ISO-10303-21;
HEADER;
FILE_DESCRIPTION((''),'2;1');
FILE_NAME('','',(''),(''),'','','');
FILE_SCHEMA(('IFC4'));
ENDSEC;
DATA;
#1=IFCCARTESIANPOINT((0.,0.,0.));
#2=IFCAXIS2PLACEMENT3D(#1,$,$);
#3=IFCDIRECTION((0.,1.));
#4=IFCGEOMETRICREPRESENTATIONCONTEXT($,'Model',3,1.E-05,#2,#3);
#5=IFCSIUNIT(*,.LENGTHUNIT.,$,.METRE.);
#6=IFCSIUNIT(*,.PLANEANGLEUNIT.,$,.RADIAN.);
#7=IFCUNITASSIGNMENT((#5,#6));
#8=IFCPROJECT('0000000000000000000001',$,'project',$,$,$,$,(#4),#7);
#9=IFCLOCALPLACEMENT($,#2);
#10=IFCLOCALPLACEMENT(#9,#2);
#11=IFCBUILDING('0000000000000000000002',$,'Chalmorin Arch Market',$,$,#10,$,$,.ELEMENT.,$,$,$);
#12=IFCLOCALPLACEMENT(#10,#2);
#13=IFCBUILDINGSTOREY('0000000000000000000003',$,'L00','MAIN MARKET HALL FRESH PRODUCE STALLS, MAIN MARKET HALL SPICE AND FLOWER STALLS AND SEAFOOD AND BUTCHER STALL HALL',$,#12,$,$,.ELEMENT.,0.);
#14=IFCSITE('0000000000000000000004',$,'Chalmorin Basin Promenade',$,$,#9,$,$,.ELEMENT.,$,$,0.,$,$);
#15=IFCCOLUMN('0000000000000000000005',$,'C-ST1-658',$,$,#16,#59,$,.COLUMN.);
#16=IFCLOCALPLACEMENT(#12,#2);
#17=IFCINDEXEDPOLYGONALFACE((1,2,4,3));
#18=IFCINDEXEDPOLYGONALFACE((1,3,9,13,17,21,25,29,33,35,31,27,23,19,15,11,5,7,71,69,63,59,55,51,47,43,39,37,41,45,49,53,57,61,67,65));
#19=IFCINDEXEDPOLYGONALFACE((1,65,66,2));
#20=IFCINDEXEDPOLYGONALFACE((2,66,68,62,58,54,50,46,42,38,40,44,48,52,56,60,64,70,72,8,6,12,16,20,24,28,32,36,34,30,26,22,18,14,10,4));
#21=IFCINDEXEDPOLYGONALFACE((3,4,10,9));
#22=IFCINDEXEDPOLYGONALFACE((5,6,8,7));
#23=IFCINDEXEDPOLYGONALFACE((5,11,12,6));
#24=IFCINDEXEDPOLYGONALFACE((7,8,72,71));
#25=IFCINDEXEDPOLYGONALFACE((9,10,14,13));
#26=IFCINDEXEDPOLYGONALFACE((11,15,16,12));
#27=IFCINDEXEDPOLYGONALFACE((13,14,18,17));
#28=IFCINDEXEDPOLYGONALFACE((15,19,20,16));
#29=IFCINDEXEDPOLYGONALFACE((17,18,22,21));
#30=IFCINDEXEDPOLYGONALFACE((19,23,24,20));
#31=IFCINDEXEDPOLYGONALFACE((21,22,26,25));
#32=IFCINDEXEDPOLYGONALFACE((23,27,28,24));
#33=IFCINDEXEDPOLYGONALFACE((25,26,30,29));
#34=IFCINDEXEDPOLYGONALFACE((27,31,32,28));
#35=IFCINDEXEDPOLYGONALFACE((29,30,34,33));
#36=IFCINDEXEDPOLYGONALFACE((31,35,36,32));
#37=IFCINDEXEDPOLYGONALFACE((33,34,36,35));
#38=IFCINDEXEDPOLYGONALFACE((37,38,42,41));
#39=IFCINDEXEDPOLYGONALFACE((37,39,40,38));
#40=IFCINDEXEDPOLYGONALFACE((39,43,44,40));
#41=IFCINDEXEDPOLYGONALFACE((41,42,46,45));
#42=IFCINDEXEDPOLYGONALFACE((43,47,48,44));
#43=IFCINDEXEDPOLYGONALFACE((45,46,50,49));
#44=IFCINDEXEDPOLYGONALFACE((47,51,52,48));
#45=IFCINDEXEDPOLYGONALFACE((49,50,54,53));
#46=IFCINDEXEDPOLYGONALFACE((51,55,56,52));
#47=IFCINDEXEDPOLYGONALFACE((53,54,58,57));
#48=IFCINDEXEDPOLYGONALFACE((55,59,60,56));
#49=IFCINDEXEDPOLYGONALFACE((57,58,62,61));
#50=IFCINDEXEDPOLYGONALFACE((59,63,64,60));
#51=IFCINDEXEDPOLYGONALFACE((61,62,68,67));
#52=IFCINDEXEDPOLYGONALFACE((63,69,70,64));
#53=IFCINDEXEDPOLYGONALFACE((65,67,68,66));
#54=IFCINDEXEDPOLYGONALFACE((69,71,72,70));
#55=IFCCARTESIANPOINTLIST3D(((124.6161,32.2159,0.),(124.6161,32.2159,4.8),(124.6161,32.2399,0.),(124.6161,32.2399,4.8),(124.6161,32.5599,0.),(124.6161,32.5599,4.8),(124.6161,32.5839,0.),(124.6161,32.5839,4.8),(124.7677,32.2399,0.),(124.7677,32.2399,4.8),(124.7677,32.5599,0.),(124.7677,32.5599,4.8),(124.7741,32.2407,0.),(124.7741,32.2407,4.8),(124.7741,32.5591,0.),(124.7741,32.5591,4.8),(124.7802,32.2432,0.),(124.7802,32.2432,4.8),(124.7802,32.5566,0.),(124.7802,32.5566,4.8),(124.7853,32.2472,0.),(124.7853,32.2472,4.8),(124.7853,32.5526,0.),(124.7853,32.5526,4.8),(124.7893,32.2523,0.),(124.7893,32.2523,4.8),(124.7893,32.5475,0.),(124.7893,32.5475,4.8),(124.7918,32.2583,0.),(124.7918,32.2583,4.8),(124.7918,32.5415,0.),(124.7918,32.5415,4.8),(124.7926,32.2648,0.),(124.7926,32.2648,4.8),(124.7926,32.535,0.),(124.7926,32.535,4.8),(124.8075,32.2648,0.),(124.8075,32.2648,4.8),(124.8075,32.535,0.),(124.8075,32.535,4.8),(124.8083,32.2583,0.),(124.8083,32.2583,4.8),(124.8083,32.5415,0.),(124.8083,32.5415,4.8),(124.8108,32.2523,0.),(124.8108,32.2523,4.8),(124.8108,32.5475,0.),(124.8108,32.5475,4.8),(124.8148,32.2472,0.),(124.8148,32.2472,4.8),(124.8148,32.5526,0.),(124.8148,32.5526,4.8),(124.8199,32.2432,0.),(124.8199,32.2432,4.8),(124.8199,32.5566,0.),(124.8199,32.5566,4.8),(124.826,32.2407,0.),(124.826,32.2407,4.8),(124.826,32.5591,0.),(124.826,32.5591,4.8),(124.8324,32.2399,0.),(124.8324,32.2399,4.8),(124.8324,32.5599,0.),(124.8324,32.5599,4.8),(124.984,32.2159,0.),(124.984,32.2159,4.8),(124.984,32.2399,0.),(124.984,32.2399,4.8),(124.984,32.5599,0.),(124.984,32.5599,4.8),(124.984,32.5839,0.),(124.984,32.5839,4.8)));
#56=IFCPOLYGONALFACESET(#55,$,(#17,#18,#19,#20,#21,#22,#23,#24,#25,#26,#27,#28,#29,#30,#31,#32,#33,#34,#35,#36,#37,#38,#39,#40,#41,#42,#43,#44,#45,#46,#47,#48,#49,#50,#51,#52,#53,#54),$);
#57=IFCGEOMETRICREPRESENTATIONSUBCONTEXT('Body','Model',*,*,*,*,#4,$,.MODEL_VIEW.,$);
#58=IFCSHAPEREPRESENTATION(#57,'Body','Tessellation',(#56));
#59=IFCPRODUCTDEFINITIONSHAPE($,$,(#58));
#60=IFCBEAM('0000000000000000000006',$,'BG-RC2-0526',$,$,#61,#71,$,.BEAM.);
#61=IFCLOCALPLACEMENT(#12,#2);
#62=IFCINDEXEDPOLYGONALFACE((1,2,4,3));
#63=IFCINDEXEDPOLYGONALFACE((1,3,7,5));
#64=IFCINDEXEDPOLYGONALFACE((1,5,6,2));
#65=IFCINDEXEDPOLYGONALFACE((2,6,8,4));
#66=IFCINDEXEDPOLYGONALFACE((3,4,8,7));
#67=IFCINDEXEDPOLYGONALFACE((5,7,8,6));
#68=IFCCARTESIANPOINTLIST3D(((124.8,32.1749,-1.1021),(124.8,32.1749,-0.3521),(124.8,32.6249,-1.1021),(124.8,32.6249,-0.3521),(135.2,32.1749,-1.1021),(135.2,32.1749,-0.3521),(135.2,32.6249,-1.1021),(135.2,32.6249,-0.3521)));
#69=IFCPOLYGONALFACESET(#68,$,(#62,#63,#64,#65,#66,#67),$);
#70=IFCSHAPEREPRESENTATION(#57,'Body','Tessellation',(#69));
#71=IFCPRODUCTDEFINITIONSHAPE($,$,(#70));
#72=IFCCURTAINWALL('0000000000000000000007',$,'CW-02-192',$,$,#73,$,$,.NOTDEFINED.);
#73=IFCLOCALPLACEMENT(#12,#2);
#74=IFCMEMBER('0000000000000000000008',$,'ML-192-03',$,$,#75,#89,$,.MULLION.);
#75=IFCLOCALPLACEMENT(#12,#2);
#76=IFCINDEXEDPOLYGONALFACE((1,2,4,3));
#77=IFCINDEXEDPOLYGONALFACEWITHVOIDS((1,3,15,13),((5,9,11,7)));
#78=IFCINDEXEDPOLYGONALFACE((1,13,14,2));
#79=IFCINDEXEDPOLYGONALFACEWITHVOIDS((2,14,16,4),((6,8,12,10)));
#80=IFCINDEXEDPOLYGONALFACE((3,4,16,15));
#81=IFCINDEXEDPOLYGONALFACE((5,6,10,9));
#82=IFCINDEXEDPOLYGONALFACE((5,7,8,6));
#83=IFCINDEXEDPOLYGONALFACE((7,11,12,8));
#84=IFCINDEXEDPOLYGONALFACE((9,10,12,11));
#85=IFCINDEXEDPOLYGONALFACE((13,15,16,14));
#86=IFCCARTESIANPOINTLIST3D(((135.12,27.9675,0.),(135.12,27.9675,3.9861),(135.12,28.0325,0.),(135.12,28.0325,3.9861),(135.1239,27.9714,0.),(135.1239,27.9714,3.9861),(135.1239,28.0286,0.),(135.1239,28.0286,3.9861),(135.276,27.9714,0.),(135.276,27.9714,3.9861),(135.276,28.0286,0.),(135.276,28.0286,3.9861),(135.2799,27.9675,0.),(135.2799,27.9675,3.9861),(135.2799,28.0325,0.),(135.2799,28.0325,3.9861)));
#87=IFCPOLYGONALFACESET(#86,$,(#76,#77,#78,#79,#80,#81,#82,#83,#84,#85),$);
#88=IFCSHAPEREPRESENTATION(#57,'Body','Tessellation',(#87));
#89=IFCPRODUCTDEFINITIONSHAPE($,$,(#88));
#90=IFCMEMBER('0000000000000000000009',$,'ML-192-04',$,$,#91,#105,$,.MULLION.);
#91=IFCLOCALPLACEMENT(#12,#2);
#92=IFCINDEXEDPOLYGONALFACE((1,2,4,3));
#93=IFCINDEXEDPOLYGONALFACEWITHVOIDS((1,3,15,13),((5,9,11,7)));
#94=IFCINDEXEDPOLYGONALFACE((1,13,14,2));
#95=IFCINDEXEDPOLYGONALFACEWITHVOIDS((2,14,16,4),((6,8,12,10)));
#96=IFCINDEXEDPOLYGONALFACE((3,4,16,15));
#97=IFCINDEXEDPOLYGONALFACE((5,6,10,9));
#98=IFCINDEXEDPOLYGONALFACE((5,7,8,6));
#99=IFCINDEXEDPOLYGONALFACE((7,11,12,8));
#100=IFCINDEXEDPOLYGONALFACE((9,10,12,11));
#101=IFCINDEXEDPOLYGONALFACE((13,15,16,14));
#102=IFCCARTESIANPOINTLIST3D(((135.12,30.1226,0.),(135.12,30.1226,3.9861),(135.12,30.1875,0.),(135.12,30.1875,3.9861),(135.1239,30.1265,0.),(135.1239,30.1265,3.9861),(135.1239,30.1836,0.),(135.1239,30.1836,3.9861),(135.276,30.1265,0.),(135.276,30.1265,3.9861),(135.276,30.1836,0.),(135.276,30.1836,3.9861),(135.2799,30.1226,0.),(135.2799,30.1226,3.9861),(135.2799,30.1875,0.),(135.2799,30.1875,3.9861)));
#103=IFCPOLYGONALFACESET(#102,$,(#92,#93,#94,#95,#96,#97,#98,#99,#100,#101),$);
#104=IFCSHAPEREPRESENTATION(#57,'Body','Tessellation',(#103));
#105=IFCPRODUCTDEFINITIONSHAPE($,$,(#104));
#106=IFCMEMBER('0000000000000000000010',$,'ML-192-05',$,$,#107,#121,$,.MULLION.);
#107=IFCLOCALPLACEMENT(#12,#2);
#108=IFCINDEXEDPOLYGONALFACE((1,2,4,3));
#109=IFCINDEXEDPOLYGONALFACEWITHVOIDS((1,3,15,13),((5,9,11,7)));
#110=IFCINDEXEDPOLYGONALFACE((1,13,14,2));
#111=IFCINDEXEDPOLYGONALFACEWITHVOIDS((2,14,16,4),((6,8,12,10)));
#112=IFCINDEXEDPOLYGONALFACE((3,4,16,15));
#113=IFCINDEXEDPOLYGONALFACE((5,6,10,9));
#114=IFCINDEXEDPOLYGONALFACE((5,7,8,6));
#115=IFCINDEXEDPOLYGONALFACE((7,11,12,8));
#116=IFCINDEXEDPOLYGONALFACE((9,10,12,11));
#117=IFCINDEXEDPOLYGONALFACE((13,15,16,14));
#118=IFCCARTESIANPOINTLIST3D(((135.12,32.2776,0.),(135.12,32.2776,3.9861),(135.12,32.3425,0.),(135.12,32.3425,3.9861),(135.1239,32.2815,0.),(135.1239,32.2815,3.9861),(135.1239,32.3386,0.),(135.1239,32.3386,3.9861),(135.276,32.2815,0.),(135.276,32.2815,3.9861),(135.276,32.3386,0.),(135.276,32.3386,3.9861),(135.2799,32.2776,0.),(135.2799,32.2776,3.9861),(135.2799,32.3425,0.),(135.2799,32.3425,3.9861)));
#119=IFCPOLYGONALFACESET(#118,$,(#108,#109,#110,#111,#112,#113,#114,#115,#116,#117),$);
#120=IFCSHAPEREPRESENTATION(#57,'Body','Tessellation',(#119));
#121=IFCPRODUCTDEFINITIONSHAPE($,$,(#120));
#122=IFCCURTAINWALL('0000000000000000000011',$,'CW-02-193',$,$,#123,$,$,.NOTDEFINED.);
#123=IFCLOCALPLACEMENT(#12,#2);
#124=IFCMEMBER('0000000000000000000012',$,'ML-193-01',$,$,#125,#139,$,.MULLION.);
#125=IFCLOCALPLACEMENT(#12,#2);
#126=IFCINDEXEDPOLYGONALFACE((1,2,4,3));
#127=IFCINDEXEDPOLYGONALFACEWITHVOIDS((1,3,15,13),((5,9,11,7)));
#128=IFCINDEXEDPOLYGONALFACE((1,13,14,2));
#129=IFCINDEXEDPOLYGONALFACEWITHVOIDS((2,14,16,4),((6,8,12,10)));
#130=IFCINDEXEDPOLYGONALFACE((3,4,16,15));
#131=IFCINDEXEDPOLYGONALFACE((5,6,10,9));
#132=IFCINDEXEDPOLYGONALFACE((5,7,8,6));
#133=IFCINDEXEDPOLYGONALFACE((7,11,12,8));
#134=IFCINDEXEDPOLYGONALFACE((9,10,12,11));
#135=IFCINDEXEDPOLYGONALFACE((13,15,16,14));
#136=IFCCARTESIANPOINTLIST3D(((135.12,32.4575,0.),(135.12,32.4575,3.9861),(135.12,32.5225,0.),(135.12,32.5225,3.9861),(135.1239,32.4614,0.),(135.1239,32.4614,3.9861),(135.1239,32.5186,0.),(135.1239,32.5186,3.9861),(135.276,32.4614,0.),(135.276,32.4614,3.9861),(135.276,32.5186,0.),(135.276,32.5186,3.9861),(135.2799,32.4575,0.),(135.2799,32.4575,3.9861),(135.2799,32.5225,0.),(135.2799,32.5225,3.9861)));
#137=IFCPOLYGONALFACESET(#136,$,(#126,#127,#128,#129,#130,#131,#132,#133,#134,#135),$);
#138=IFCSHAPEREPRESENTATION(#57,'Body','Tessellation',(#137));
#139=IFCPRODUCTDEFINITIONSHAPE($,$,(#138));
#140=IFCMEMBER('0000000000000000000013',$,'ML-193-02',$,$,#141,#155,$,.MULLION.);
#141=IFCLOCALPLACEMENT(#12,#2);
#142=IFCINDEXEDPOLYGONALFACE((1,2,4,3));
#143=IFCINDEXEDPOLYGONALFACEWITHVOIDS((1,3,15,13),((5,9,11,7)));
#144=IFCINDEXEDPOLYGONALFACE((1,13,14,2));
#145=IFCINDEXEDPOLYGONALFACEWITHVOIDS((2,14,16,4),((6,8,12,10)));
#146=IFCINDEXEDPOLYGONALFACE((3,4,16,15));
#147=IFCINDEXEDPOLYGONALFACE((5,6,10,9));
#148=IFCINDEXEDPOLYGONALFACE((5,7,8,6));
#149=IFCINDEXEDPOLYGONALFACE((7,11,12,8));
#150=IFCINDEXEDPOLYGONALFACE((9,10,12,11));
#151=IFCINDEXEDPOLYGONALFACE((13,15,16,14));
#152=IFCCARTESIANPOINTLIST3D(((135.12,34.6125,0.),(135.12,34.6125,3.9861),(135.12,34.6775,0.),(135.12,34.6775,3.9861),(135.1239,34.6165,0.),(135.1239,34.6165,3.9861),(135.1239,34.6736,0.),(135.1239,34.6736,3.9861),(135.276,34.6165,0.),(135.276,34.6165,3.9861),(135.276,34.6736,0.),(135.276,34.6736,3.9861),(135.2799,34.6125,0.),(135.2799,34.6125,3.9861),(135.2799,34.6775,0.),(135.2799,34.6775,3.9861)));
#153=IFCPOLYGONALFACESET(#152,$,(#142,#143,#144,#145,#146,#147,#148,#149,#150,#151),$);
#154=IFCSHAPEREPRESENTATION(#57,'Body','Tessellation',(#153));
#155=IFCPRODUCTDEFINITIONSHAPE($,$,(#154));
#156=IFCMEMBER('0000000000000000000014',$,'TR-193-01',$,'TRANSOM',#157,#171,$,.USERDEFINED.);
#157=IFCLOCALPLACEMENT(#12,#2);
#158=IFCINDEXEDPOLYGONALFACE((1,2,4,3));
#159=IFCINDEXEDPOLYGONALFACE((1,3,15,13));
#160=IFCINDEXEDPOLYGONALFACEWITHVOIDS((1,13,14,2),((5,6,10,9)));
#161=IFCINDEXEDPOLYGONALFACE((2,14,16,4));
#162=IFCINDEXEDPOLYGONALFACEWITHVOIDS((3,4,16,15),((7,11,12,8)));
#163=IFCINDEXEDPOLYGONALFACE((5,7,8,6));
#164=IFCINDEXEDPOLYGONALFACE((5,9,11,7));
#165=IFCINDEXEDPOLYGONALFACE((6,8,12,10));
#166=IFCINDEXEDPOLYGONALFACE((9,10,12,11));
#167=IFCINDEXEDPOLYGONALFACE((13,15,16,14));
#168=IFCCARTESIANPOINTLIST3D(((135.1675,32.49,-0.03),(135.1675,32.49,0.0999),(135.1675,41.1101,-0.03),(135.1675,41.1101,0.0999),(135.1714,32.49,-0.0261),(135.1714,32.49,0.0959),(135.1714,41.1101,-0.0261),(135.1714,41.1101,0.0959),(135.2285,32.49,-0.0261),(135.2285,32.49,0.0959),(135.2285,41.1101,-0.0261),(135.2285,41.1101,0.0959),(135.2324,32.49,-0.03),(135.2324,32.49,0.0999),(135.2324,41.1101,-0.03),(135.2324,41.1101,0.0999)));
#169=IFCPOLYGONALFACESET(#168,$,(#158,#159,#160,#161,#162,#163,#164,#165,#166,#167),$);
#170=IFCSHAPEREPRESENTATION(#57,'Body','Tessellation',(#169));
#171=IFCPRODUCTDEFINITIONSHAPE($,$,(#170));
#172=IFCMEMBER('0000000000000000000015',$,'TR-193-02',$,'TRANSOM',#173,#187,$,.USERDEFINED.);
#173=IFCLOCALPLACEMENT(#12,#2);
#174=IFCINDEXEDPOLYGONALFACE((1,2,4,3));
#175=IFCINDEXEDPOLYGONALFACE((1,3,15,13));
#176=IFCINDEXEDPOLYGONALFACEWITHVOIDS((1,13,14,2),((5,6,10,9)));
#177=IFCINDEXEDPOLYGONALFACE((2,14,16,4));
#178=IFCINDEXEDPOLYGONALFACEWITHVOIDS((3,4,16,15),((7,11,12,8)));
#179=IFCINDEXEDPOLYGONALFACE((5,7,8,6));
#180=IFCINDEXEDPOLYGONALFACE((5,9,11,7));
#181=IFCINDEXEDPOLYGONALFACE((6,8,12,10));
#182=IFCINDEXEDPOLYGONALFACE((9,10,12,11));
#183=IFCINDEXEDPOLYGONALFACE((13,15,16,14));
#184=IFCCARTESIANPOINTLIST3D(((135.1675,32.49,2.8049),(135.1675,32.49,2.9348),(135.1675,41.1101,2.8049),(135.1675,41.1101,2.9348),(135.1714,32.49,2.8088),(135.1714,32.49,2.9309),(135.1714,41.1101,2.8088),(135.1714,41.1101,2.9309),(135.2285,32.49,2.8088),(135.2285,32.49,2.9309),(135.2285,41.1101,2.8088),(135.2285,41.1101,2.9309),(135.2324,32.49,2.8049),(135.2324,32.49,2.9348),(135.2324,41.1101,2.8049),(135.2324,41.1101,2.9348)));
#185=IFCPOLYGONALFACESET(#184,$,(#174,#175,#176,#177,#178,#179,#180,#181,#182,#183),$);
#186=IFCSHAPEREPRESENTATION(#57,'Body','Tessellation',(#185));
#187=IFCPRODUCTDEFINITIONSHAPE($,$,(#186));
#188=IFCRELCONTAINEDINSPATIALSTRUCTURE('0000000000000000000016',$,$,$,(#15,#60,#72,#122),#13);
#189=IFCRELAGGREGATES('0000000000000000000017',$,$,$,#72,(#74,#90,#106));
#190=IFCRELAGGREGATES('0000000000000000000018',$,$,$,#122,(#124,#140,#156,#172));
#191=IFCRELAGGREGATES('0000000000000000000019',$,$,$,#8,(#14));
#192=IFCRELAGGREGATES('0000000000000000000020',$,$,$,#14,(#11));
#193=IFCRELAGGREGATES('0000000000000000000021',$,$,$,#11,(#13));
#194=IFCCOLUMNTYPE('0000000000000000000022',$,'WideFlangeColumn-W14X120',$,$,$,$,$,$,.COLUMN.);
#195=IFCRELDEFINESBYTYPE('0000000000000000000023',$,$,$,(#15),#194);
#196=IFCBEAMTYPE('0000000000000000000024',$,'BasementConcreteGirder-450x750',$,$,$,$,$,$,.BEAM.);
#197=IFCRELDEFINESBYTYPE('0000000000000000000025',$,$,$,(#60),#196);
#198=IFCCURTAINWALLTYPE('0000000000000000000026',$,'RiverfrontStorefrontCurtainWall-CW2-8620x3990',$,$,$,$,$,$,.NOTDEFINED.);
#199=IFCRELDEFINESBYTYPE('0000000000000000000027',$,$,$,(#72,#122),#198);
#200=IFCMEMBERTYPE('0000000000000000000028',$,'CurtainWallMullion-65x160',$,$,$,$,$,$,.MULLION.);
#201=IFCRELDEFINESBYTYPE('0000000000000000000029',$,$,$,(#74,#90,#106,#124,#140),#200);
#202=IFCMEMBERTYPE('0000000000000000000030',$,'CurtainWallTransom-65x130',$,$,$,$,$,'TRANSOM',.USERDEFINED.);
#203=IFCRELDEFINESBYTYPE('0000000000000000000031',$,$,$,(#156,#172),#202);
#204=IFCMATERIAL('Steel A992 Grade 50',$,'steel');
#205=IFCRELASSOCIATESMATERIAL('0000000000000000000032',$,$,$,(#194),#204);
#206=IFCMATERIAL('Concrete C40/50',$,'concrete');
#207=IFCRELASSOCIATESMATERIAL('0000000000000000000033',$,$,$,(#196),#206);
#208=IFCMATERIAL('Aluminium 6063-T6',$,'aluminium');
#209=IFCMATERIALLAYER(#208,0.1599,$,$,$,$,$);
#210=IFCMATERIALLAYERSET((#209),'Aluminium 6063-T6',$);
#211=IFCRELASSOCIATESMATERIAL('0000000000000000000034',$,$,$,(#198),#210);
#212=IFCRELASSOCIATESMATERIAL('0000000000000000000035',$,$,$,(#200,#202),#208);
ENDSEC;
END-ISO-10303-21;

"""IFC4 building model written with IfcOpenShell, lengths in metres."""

from ifc_helpers import new_model, si_unit, direction, frame, origin, origin_2d, place, context, subcontext, project, spatial, rectangle, hollow_rectangle, i_section, extrude, material, layer, layer_set, material_profile, profile_set, type_object, element, aggregate, save


model = new_model("IFC4")

# Units and contexts
model_context = context("Model", 3, precision=1e-05, world=origin(), true_north=direction((0.0, 1.0)))
body_context = subcontext(model_context, "Body", "Model", "MODEL_VIEW")
ifc_project = project(units=[si_unit("LENGTHUNIT", "METRE"), si_unit("PLANEANGLEUNIT", "RADIAN")], contexts=[model_context])

# Site, building, storey
site_placement = place(None, origin())
site = spatial("IfcSite", under=ifc_project, at=site_placement, Name="Chalmorin Basin Promenade", CompositionType="ELEMENT", RefElevation=0.0)
building_placement = place(site_placement, origin())
building = spatial("IfcBuilding", under=site, at=building_placement, Name="Chalmorin Arch Market", CompositionType="ELEMENT")
storey_placement = place(building_placement, origin())
storey = spatial("IfcBuildingStorey", under=building, at=storey_placement, Name="L00", Description="MAIN MARKET HALL FRESH PRODUCE STALLS, MAIN MARKET HALL SPICE AND FLOWER STALLS AND SEAFOOD AND BUTCHER STALL HALL", CompositionType="ELEMENT", Elevation=0.0)

# Column
ifc_material_1 = material(Name="Steel A992 Grade 50", Category="steel")
ifc_material_profile_1 = material_profile(ifc_material_1, i_section(OverallWidth=0.3679, OverallDepth=0.3679, WebThickness=0.0149, FlangeThickness=0.0239, FilletRadius=0.0249, at=origin_2d()), Name="W14X120")
ifc_profile_set_1 = profile_set([ifc_material_profile_1], Name="Steel A992 Grade 50")
column_type = type_object("IfcColumnType", Name="WideFlangeColumn-W14X120", PredefinedType="COLUMN", material=ifc_profile_set_1)
column_placement = place(storey_placement, frame((124.8, 32.3999, 0.0), z_axis=(0.0, 0.0, 1.0), x_axis=(1.0, 0.0, 0.0)))
element("IfcColumn", 1, at=column_placement, inside=storey, type_object=column_type, Name="C-ST1-658", PredefinedType="COLUMN", context=body_context, shape_type="SweptSolid", body=[
    extrude(i_section(OverallWidth=0.3679, OverallDepth=0.3679, WebThickness=0.0149, FlangeThickness=0.0239, FilletRadius=0.0249, at=origin_2d()), origin(), (0.0, 0.0, 1.0), 4.8),
])

# Beam
ifc_material_2 = material(Name="Concrete C40/50", Category="concrete")
ifc_material_profile_2 = material_profile(ifc_material_2, rectangle(XDim=0.45, YDim=0.75, at=origin_2d()), Name="RC450X750")
ifc_profile_set_2 = profile_set([ifc_material_profile_2], Name="Concrete C40/50")
beam_type_1 = type_object("IfcBeamType", Name="BasementConcreteGirder-450x750", PredefinedType="BEAM", material=ifc_profile_set_2)
beam_1_placement = place(storey_placement, frame((124.8, 32.3999, -0.7271), z_axis=(1.0, 0.0, 0.0), x_axis=(0.0, 1.0, 0.0)))
element("IfcBeam", 2, at=beam_1_placement, inside=storey, type_object=beam_type_1, Name="BG-RC2-0526", PredefinedType="BEAM", context=body_context, shape_type="SweptSolid", body=[
    extrude(rectangle(XDim=0.45, YDim=0.75, at=origin_2d()), origin(), (0.0, 0.0, 1.0), 10.3999),
])

# Curtain walls, members
ifc_material_3 = material(Name="Aluminium 6063-T6", Category="aluminium")
ifc_layer_1 = layer(ifc_material_3, 0.1599)
ifc_layer_set_1 = layer_set([ifc_layer_1], Name="Aluminium 6063-T6")
curtain_wall_type = type_object("IfcCurtainWallType", Name="RiverfrontStorefrontCurtainWall-CW2-8620x3990", PredefinedType="NOTDEFINED", material=ifc_layer_set_1)
curtain_wall_1_placement = place(storey_placement, origin())
curtain_wall_1 = element("IfcCurtainWall", 3, at=curtain_wall_1_placement, inside=storey, type_object=curtain_wall_type, Name="CW-02-192", PredefinedType="NOTDEFINED")
ifc_material_profile_3 = material_profile(ifc_material_3, hollow_rectangle(XDim=0.0649, YDim=0.1599, WallThickness=0.0039, at=origin_2d()), Name="ALU65X160X4")
ifc_profile_set_3 = profile_set([ifc_material_profile_3], Name="Aluminium 6063-T6")
member_type_1 = type_object("IfcMemberType", Name="CurtainWallMullion-65x160", PredefinedType="MULLION", material=ifc_profile_set_3)
member_1_placement = place(storey_placement, frame((135.2, 28.0, 0.0), z_axis=(0.0, 0.0, 1.0), x_axis=(0.0, 1.0, 0.0)))
member_1 = element("IfcMember", 4, at=member_1_placement, type_object=member_type_1, Name="ML-192-03", PredefinedType="MULLION", context=body_context, shape_type="SweptSolid", body=[
    extrude(hollow_rectangle(XDim=0.0649, YDim=0.1599, WallThickness=0.0039, at=origin_2d()), origin(), (0.0, 0.0, 1.0), 3.9861),
])
member_2_placement = place(storey_placement, frame((135.2, 30.155, 0.0), z_axis=(0.0, 0.0, 1.0), x_axis=(0.0, 1.0, 0.0)))
member_2 = element("IfcMember", 5, at=member_2_placement, type_object=member_type_1, Name="ML-192-04", PredefinedType="MULLION", context=body_context, shape_type="SweptSolid", body=[
    extrude(hollow_rectangle(XDim=0.0649, YDim=0.1599, WallThickness=0.0039, at=origin_2d()), origin(), (0.0, 0.0, 1.0), 3.9861),
])
member_3_placement = place(storey_placement, frame((135.2, 32.3101, 0.0), z_axis=(0.0, 0.0, 1.0), x_axis=(0.0, 1.0, 0.0)))
member_3 = element("IfcMember", 6, at=member_3_placement, type_object=member_type_1, Name="ML-192-05", PredefinedType="MULLION", context=body_context, shape_type="SweptSolid", body=[
    extrude(hollow_rectangle(XDim=0.0649, YDim=0.1599, WallThickness=0.0039, at=origin_2d()), origin(), (0.0, 0.0, 1.0), 3.9861),
])
curtain_wall_2_placement = place(storey_placement, origin())
curtain_wall_2 = element("IfcCurtainWall", 7, at=curtain_wall_2_placement, inside=storey, type_object=curtain_wall_type, Name="CW-02-193", PredefinedType="NOTDEFINED")
member_4_placement = place(storey_placement, frame((135.2, 32.49, 0.0), z_axis=(0.0, 0.0, 1.0), x_axis=(0.0, 1.0, 0.0)))
member_4 = element("IfcMember", 8, at=member_4_placement, type_object=member_type_1, Name="ML-193-01", PredefinedType="MULLION", context=body_context, shape_type="SweptSolid", body=[
    extrude(hollow_rectangle(XDim=0.0649, YDim=0.1599, WallThickness=0.0039, at=origin_2d()), origin(), (0.0, 0.0, 1.0), 3.9861),
])
member_5_placement = place(storey_placement, frame((135.2, 34.645, 0.0), z_axis=(0.0, 0.0, 1.0), x_axis=(0.0, 1.0, 0.0)))
member_5 = element("IfcMember", 9, at=member_5_placement, type_object=member_type_1, Name="ML-193-02", PredefinedType="MULLION", context=body_context, shape_type="SweptSolid", body=[
    extrude(hollow_rectangle(XDim=0.0649, YDim=0.1599, WallThickness=0.0039, at=origin_2d()), origin(), (0.0, 0.0, 1.0), 3.9861),
])
ifc_material_profile_4 = material_profile(ifc_material_3, hollow_rectangle(XDim=0.0649, YDim=0.1299, WallThickness=0.0039, at=origin_2d()), Name="ALU65X130X4")
ifc_profile_set_4 = profile_set([ifc_material_profile_4], Name="Aluminium 6063-T6")
member_type_2 = type_object("IfcMemberType", Name="CurtainWallTransom-65x130", ElementType="TRANSOM", PredefinedType="USERDEFINED", material=ifc_profile_set_4)
member_6_placement = place(storey_placement, frame((135.2, 32.49, 0.0349), z_axis=(0.0, 1.0, 0.0), x_axis=(-1.0, 0.0, 0.0)))
member_6 = element("IfcMember", 10, at=member_6_placement, type_object=member_type_2, Name="TR-193-01", ObjectType="TRANSOM", PredefinedType="USERDEFINED", context=body_context, shape_type="SweptSolid", body=[
    extrude(hollow_rectangle(XDim=0.0649, YDim=0.1299, WallThickness=0.0039, at=origin_2d()), origin(), (0.0, 0.0, 1.0), 8.6201),
])
member_7_placement = place(storey_placement, frame((135.2, 32.49, 2.8699), z_axis=(0.0, 1.0, 0.0), x_axis=(-1.0, 0.0, 0.0)))
member_7 = element("IfcMember", 11, at=member_7_placement, type_object=member_type_2, Name="TR-193-02", ObjectType="TRANSOM", PredefinedType="USERDEFINED", context=body_context, shape_type="SweptSolid", body=[
    extrude(hollow_rectangle(XDim=0.0649, YDim=0.1299, WallThickness=0.0039, at=origin_2d()), origin(), (0.0, 0.0, 1.0), 8.6201),
])

aggregate(curtain_wall_1, [member_1, member_2, member_3])
aggregate(curtain_wall_2, [member_4, member_5, member_6, member_7])

save(model, "model.ifc")
